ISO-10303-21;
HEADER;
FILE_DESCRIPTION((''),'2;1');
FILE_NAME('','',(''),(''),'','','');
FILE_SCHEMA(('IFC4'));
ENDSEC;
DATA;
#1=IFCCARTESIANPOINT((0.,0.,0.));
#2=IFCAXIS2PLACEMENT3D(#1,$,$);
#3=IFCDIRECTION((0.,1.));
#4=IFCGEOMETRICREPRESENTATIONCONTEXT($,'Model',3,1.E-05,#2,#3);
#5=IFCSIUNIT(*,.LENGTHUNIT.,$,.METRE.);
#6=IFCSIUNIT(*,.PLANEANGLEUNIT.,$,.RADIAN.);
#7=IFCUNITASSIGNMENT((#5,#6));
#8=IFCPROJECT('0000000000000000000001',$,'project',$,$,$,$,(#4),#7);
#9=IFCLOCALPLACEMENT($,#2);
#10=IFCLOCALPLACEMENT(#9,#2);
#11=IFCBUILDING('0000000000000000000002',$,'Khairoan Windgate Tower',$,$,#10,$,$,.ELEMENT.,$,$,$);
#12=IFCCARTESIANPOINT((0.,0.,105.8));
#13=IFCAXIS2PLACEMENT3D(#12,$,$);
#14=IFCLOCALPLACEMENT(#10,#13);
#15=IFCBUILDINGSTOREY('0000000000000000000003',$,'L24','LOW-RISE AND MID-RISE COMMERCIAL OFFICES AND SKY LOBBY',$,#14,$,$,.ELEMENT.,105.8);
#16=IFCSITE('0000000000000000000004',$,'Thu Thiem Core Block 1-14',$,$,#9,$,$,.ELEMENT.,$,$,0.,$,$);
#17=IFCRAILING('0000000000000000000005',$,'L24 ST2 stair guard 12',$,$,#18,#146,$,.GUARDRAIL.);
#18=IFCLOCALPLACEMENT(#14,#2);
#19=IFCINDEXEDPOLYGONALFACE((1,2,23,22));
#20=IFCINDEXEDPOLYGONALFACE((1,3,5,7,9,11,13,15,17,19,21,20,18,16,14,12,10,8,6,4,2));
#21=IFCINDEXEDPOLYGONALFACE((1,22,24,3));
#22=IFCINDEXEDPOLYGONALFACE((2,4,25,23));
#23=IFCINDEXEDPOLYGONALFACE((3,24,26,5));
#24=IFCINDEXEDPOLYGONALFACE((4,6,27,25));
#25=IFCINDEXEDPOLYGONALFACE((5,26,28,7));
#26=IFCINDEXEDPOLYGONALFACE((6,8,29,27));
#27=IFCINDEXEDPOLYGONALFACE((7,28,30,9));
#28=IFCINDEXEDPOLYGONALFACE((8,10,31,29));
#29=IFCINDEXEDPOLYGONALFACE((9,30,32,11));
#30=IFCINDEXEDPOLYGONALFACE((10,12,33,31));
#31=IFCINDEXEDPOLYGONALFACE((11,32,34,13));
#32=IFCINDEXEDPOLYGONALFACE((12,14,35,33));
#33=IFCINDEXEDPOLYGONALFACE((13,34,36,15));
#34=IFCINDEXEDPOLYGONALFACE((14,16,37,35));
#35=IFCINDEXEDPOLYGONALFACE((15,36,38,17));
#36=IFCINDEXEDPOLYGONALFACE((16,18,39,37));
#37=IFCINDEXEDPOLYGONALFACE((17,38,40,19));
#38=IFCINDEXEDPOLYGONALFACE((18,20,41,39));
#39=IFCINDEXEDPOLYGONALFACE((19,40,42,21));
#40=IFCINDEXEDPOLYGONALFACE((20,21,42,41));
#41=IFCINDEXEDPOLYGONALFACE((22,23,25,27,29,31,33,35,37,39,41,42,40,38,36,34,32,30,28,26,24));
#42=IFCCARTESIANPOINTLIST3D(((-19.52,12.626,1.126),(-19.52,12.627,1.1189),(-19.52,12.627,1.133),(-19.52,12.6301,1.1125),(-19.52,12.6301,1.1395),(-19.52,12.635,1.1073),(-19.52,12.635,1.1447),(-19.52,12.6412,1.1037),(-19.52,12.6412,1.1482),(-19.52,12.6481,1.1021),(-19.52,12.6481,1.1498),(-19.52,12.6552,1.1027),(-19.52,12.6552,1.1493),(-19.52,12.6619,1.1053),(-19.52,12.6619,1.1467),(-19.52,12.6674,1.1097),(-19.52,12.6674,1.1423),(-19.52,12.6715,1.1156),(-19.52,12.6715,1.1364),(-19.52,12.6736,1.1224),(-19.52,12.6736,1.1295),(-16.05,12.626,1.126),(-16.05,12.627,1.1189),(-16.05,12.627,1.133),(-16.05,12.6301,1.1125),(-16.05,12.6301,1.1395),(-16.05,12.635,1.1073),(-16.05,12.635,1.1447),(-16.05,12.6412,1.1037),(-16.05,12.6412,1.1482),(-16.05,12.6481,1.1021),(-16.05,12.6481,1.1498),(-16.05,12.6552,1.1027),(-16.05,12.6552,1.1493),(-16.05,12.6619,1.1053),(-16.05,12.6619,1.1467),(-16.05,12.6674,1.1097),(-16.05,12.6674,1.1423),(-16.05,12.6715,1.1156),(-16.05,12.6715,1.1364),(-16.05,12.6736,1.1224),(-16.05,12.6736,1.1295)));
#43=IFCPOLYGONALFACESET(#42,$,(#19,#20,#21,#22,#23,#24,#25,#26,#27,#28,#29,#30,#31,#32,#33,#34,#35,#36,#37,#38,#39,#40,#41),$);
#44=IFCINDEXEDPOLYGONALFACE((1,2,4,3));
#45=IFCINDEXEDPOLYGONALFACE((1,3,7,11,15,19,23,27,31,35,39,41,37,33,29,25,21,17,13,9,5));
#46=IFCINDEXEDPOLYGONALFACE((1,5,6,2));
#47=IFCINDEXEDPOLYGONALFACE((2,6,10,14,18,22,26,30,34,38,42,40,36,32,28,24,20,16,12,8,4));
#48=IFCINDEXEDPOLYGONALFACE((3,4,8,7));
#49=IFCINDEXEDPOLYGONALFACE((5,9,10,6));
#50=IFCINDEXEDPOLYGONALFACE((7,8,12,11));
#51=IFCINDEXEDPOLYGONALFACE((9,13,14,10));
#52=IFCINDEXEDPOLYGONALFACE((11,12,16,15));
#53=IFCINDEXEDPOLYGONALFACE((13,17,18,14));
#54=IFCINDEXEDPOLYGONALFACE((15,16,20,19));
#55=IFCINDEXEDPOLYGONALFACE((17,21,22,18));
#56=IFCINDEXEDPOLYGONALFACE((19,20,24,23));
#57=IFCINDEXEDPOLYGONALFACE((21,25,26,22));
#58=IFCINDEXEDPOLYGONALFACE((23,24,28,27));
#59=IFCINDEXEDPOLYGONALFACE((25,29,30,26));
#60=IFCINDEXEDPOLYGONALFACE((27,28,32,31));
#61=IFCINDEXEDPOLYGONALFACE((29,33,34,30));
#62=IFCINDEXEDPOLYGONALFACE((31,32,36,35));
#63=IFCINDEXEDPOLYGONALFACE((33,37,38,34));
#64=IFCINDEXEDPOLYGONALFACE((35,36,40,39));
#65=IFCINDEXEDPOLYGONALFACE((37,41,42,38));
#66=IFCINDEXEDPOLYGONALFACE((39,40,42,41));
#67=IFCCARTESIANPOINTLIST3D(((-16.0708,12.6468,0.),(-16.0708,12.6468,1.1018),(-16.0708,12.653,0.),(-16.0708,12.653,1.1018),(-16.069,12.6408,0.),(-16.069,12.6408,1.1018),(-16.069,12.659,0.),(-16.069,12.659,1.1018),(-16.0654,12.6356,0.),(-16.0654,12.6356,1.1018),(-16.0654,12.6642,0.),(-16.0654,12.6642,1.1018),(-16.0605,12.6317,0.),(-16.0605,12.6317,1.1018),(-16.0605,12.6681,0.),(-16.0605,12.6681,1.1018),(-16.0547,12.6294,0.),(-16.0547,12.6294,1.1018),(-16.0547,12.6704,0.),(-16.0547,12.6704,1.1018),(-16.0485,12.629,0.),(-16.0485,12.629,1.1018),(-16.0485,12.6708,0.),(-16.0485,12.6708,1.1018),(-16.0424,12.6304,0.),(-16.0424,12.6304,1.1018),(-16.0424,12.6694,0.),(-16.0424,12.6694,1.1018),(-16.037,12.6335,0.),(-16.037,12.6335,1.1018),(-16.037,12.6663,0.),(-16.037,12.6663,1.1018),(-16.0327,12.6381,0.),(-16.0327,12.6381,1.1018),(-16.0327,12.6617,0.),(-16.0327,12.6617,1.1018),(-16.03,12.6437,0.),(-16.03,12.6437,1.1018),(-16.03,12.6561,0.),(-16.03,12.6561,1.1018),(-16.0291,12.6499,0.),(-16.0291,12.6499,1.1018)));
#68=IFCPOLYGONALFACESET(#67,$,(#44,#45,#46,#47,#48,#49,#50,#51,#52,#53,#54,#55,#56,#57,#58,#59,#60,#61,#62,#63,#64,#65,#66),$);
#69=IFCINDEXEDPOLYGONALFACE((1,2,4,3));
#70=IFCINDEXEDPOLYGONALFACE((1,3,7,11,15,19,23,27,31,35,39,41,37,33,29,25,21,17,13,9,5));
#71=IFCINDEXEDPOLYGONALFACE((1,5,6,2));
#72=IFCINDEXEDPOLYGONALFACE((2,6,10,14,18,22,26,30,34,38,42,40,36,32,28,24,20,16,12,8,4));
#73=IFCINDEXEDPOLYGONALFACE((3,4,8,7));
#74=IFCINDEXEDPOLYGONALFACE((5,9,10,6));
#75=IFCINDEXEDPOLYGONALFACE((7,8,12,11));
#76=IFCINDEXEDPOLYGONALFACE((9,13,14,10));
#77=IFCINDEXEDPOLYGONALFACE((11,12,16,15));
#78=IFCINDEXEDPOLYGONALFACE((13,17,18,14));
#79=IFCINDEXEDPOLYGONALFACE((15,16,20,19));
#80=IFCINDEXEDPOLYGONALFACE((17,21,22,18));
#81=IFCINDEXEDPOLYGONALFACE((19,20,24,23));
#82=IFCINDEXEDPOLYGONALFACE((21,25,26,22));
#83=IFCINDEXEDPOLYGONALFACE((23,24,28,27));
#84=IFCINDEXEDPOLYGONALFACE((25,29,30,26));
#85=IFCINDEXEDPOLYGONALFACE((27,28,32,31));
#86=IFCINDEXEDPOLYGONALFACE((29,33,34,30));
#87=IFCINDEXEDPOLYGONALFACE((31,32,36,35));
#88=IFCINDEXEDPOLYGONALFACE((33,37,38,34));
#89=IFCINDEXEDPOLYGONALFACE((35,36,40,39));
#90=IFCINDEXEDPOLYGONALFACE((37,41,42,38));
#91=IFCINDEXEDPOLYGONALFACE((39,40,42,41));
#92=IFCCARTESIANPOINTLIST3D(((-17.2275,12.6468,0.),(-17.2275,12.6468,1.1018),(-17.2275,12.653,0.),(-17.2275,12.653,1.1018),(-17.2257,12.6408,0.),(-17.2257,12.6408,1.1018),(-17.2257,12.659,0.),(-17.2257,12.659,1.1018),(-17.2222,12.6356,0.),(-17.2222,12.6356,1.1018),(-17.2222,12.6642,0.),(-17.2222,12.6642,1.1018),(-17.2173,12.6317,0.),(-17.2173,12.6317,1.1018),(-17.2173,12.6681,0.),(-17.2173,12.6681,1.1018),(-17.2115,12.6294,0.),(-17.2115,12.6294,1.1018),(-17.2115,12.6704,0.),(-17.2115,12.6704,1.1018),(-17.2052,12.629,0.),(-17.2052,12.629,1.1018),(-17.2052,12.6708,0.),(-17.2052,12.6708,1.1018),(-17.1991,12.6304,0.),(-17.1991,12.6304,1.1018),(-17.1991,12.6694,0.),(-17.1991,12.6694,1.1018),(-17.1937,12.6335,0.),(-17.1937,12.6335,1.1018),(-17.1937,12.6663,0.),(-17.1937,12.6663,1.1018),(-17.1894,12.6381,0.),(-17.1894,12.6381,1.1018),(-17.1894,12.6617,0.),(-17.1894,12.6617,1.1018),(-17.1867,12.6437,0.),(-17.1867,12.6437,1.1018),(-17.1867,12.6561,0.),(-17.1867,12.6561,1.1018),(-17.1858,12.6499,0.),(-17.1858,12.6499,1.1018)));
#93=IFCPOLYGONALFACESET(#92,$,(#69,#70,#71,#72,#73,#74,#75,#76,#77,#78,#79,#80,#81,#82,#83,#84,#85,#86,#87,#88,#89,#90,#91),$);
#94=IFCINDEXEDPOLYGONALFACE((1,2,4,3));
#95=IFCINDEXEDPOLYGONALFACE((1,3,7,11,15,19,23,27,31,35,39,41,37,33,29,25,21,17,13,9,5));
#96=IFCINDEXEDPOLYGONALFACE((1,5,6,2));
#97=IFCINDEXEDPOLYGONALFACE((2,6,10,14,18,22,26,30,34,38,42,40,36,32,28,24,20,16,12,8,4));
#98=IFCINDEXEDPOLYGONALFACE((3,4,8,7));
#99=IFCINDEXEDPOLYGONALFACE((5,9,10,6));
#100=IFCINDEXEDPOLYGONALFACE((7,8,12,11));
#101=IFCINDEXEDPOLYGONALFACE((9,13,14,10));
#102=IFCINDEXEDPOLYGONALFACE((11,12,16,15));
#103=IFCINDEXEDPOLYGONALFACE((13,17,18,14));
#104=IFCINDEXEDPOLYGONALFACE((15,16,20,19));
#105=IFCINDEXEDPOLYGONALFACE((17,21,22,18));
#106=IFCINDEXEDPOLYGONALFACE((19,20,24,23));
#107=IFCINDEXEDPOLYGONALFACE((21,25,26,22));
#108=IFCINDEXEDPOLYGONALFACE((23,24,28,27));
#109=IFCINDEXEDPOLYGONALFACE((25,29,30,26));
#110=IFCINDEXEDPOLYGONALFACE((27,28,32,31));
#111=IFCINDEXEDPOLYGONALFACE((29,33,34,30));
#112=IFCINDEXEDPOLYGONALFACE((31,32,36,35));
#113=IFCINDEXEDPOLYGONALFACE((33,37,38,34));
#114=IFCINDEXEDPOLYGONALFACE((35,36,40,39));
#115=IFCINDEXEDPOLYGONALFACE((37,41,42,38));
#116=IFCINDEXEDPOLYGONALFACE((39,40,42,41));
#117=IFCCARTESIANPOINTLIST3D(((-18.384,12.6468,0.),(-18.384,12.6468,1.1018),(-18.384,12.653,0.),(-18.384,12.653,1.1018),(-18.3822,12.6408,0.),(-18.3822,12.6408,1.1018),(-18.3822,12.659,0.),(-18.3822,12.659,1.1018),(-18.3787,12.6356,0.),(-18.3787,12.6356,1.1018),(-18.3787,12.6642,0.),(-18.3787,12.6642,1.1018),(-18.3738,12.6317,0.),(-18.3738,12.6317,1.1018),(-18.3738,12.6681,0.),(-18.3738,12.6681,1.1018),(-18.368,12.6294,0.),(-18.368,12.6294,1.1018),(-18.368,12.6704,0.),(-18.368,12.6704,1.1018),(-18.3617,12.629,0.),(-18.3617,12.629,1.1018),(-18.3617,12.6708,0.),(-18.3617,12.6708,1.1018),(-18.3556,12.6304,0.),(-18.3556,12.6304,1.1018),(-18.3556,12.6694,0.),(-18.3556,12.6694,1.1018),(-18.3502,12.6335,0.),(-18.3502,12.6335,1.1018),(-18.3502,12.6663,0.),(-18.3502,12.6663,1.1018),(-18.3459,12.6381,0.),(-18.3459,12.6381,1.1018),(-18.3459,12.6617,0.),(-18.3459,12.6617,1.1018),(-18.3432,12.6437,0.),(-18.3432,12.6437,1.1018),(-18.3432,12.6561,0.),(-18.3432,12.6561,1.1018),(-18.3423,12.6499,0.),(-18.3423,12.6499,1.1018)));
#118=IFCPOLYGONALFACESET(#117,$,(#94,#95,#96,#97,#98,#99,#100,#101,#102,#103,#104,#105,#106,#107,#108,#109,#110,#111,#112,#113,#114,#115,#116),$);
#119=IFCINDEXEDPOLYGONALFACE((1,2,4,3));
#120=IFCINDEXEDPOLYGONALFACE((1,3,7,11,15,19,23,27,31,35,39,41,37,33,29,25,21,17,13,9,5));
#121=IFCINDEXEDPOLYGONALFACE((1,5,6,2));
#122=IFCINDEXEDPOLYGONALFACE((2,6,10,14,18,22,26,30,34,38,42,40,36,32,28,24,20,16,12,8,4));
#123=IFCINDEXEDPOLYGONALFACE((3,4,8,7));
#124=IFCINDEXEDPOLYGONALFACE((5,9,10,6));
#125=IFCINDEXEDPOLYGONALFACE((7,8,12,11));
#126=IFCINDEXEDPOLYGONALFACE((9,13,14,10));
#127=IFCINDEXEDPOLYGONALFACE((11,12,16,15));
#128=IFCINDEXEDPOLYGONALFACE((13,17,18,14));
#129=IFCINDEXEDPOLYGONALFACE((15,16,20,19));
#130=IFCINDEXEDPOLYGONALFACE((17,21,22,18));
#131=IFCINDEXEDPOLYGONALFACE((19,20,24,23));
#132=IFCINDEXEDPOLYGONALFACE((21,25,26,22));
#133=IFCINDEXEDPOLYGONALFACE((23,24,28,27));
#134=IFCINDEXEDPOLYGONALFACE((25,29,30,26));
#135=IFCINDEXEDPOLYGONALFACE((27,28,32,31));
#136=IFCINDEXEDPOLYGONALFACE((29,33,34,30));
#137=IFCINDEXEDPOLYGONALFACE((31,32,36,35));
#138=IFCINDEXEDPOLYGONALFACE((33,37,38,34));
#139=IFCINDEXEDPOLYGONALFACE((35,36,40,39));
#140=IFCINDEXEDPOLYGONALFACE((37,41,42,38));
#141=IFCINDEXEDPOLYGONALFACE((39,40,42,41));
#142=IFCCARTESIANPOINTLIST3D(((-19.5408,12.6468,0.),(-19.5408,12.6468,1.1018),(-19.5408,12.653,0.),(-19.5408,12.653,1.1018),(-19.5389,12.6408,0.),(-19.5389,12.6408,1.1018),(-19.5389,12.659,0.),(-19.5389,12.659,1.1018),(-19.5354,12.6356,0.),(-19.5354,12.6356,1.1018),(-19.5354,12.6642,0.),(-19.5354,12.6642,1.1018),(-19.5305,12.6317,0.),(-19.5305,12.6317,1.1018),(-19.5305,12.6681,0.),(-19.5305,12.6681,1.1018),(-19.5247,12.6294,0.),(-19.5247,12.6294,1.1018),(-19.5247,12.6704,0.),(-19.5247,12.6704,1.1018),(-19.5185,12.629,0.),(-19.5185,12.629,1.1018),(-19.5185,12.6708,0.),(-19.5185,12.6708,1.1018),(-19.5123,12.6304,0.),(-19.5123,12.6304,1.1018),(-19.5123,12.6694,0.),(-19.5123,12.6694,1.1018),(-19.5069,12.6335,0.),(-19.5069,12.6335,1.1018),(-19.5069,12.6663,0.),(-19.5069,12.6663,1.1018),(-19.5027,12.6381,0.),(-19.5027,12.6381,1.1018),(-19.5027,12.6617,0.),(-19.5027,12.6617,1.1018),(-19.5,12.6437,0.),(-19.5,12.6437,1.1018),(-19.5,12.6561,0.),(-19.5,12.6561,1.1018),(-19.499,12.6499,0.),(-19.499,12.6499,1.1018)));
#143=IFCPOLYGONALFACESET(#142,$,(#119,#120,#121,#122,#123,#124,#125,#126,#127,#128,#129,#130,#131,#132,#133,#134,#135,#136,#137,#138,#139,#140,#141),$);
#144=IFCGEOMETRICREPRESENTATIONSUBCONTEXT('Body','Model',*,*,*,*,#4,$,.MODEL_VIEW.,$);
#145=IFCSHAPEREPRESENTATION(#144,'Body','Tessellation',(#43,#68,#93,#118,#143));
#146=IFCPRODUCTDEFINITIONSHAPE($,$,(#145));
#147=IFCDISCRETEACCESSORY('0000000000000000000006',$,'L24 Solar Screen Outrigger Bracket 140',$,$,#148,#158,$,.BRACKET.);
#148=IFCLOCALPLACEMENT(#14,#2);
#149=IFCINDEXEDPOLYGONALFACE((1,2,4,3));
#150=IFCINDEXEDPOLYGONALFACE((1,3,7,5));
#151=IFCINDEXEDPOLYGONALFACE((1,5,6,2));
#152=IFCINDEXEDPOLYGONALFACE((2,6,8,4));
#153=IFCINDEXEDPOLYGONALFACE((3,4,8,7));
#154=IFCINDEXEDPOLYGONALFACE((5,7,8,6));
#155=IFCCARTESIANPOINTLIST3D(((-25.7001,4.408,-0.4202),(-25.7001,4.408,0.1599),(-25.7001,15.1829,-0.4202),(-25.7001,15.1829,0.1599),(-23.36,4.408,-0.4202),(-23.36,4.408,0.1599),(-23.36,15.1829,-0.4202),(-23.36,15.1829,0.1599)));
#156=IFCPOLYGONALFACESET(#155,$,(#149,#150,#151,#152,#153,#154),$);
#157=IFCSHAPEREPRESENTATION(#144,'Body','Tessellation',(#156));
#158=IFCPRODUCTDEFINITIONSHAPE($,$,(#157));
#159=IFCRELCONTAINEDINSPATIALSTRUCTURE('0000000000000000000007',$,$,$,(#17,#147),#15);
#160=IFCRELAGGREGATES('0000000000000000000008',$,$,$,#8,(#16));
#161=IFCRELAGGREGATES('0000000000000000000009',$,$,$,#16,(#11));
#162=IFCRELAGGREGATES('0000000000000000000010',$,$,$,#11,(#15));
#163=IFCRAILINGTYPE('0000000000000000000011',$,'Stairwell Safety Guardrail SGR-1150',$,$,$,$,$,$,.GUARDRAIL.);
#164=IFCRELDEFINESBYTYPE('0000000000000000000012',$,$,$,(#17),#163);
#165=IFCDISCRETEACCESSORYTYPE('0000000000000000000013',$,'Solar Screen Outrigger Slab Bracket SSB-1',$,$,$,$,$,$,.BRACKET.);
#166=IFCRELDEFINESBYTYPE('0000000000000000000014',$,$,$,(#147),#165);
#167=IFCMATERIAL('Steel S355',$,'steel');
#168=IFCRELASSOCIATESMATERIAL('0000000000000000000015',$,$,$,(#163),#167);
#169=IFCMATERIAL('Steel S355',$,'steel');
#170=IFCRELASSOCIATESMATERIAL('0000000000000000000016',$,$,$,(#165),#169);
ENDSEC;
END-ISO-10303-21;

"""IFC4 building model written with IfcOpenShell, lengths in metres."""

from ifc_helpers import new_model, si_unit, direction, frame, origin, origin_2d, place, context, subcontext, project, spatial, rectangle, circle, extrude, material, type_object, element, save


model = new_model("IFC4")

# Units and contexts
model_context = context("Model", 3, precision=1e-05, world=origin(), true_north=direction((0.0, 1.0)))
body_context = subcontext(model_context, "Body", "Model", "MODEL_VIEW")
ifc_project = project(units=[si_unit("LENGTHUNIT", "METRE"), si_unit("PLANEANGLEUNIT", "RADIAN")], contexts=[model_context])

# Site, building, storey
site_placement = place(None, origin())
site = spatial("IfcSite", under=ifc_project, at=site_placement, Name="Thu Thiem Core Block 1-14", CompositionType="ELEMENT", RefElevation=0.0)
building_placement = place(site_placement, origin())
building = spatial("IfcBuilding", under=site, at=building_placement, Name="Khairoan Windgate Tower", CompositionType="ELEMENT")
storey_placement = place(building_placement, frame((0.0, 0.0, 105.8)))
storey = spatial("IfcBuildingStorey", under=building, at=storey_placement, Name="L24", Description="LOW-RISE AND MID-RISE COMMERCIAL OFFICES AND SKY LOBBY", CompositionType="ELEMENT", Elevation=105.8)

# Railing
ifc_material_1 = material(Name="Steel S355", Category="steel")
railing_type = type_object("IfcRailingType", Name="Stairwell Safety Guardrail SGR-1150", PredefinedType="GUARDRAIL", material=ifc_material_1)
railing_1_placement = place(storey_placement, frame((-16.05, 12.6499, 0.0)))
element("IfcRailing", 1, at=railing_1_placement, inside=storey, type_object=railing_type, Name="L24 ST2 stair guard 12", PredefinedType="GUARDRAIL", context=body_context, shape_type="SweptSolid", body=[
    extrude(circle(Radius=0.0239, at=origin_2d()), frame((0.0, 0.0, 1.126), z_axis=(-1.0, 0.0, 0.0), x_axis=(0.0, -1.0, 0.0)), (0.0, 0.0, 1.0), 3.47),
    extrude(circle(Radius=0.021, at=origin_2d()), origin(), (0.0, 0.0, 1.0), 1.1018),
    extrude(circle(Radius=0.021, at=origin_2d()), frame((-1.1567, 0.0, 0.0)), (0.0, 0.0, 1.0), 1.1018),
    extrude(circle(Radius=0.021, at=origin_2d()), frame((-2.3132, 0.0, 0.0)), (0.0, 0.0, 1.0), 1.1018),
    extrude(circle(Radius=0.021, at=origin_2d()), frame((-3.47, 0.0, 0.0)), (0.0, 0.0, 1.0), 1.1018),
])

# Discrete accessory
ifc_material_2 = material(Name="Steel S355", Category="steel")
discrete_accessory_type = type_object("IfcDiscreteAccessoryType", Name="Solar Screen Outrigger Slab Bracket SSB-1", PredefinedType="BRACKET", material=ifc_material_2)
discrete_accessory_placement = place(storey_placement, frame((-24.53, 9.7954, -0.4202), z_axis=(0.0, 0.0, 1.0), x_axis=(0.0, 1.0, 0.0)))
element("IfcDiscreteAccessory", 2, at=discrete_accessory_placement, inside=storey, type_object=discrete_accessory_type, Name="L24 Solar Screen Outrigger Bracket 140", PredefinedType="BRACKET", context=body_context, shape_type="SweptSolid", body=[
    extrude(rectangle(XDim=10.7749, YDim=2.3401, at=origin_2d()), origin(), (0.0, 0.0, 1.0), 0.5801),
])

save(model, "model.ifc")
